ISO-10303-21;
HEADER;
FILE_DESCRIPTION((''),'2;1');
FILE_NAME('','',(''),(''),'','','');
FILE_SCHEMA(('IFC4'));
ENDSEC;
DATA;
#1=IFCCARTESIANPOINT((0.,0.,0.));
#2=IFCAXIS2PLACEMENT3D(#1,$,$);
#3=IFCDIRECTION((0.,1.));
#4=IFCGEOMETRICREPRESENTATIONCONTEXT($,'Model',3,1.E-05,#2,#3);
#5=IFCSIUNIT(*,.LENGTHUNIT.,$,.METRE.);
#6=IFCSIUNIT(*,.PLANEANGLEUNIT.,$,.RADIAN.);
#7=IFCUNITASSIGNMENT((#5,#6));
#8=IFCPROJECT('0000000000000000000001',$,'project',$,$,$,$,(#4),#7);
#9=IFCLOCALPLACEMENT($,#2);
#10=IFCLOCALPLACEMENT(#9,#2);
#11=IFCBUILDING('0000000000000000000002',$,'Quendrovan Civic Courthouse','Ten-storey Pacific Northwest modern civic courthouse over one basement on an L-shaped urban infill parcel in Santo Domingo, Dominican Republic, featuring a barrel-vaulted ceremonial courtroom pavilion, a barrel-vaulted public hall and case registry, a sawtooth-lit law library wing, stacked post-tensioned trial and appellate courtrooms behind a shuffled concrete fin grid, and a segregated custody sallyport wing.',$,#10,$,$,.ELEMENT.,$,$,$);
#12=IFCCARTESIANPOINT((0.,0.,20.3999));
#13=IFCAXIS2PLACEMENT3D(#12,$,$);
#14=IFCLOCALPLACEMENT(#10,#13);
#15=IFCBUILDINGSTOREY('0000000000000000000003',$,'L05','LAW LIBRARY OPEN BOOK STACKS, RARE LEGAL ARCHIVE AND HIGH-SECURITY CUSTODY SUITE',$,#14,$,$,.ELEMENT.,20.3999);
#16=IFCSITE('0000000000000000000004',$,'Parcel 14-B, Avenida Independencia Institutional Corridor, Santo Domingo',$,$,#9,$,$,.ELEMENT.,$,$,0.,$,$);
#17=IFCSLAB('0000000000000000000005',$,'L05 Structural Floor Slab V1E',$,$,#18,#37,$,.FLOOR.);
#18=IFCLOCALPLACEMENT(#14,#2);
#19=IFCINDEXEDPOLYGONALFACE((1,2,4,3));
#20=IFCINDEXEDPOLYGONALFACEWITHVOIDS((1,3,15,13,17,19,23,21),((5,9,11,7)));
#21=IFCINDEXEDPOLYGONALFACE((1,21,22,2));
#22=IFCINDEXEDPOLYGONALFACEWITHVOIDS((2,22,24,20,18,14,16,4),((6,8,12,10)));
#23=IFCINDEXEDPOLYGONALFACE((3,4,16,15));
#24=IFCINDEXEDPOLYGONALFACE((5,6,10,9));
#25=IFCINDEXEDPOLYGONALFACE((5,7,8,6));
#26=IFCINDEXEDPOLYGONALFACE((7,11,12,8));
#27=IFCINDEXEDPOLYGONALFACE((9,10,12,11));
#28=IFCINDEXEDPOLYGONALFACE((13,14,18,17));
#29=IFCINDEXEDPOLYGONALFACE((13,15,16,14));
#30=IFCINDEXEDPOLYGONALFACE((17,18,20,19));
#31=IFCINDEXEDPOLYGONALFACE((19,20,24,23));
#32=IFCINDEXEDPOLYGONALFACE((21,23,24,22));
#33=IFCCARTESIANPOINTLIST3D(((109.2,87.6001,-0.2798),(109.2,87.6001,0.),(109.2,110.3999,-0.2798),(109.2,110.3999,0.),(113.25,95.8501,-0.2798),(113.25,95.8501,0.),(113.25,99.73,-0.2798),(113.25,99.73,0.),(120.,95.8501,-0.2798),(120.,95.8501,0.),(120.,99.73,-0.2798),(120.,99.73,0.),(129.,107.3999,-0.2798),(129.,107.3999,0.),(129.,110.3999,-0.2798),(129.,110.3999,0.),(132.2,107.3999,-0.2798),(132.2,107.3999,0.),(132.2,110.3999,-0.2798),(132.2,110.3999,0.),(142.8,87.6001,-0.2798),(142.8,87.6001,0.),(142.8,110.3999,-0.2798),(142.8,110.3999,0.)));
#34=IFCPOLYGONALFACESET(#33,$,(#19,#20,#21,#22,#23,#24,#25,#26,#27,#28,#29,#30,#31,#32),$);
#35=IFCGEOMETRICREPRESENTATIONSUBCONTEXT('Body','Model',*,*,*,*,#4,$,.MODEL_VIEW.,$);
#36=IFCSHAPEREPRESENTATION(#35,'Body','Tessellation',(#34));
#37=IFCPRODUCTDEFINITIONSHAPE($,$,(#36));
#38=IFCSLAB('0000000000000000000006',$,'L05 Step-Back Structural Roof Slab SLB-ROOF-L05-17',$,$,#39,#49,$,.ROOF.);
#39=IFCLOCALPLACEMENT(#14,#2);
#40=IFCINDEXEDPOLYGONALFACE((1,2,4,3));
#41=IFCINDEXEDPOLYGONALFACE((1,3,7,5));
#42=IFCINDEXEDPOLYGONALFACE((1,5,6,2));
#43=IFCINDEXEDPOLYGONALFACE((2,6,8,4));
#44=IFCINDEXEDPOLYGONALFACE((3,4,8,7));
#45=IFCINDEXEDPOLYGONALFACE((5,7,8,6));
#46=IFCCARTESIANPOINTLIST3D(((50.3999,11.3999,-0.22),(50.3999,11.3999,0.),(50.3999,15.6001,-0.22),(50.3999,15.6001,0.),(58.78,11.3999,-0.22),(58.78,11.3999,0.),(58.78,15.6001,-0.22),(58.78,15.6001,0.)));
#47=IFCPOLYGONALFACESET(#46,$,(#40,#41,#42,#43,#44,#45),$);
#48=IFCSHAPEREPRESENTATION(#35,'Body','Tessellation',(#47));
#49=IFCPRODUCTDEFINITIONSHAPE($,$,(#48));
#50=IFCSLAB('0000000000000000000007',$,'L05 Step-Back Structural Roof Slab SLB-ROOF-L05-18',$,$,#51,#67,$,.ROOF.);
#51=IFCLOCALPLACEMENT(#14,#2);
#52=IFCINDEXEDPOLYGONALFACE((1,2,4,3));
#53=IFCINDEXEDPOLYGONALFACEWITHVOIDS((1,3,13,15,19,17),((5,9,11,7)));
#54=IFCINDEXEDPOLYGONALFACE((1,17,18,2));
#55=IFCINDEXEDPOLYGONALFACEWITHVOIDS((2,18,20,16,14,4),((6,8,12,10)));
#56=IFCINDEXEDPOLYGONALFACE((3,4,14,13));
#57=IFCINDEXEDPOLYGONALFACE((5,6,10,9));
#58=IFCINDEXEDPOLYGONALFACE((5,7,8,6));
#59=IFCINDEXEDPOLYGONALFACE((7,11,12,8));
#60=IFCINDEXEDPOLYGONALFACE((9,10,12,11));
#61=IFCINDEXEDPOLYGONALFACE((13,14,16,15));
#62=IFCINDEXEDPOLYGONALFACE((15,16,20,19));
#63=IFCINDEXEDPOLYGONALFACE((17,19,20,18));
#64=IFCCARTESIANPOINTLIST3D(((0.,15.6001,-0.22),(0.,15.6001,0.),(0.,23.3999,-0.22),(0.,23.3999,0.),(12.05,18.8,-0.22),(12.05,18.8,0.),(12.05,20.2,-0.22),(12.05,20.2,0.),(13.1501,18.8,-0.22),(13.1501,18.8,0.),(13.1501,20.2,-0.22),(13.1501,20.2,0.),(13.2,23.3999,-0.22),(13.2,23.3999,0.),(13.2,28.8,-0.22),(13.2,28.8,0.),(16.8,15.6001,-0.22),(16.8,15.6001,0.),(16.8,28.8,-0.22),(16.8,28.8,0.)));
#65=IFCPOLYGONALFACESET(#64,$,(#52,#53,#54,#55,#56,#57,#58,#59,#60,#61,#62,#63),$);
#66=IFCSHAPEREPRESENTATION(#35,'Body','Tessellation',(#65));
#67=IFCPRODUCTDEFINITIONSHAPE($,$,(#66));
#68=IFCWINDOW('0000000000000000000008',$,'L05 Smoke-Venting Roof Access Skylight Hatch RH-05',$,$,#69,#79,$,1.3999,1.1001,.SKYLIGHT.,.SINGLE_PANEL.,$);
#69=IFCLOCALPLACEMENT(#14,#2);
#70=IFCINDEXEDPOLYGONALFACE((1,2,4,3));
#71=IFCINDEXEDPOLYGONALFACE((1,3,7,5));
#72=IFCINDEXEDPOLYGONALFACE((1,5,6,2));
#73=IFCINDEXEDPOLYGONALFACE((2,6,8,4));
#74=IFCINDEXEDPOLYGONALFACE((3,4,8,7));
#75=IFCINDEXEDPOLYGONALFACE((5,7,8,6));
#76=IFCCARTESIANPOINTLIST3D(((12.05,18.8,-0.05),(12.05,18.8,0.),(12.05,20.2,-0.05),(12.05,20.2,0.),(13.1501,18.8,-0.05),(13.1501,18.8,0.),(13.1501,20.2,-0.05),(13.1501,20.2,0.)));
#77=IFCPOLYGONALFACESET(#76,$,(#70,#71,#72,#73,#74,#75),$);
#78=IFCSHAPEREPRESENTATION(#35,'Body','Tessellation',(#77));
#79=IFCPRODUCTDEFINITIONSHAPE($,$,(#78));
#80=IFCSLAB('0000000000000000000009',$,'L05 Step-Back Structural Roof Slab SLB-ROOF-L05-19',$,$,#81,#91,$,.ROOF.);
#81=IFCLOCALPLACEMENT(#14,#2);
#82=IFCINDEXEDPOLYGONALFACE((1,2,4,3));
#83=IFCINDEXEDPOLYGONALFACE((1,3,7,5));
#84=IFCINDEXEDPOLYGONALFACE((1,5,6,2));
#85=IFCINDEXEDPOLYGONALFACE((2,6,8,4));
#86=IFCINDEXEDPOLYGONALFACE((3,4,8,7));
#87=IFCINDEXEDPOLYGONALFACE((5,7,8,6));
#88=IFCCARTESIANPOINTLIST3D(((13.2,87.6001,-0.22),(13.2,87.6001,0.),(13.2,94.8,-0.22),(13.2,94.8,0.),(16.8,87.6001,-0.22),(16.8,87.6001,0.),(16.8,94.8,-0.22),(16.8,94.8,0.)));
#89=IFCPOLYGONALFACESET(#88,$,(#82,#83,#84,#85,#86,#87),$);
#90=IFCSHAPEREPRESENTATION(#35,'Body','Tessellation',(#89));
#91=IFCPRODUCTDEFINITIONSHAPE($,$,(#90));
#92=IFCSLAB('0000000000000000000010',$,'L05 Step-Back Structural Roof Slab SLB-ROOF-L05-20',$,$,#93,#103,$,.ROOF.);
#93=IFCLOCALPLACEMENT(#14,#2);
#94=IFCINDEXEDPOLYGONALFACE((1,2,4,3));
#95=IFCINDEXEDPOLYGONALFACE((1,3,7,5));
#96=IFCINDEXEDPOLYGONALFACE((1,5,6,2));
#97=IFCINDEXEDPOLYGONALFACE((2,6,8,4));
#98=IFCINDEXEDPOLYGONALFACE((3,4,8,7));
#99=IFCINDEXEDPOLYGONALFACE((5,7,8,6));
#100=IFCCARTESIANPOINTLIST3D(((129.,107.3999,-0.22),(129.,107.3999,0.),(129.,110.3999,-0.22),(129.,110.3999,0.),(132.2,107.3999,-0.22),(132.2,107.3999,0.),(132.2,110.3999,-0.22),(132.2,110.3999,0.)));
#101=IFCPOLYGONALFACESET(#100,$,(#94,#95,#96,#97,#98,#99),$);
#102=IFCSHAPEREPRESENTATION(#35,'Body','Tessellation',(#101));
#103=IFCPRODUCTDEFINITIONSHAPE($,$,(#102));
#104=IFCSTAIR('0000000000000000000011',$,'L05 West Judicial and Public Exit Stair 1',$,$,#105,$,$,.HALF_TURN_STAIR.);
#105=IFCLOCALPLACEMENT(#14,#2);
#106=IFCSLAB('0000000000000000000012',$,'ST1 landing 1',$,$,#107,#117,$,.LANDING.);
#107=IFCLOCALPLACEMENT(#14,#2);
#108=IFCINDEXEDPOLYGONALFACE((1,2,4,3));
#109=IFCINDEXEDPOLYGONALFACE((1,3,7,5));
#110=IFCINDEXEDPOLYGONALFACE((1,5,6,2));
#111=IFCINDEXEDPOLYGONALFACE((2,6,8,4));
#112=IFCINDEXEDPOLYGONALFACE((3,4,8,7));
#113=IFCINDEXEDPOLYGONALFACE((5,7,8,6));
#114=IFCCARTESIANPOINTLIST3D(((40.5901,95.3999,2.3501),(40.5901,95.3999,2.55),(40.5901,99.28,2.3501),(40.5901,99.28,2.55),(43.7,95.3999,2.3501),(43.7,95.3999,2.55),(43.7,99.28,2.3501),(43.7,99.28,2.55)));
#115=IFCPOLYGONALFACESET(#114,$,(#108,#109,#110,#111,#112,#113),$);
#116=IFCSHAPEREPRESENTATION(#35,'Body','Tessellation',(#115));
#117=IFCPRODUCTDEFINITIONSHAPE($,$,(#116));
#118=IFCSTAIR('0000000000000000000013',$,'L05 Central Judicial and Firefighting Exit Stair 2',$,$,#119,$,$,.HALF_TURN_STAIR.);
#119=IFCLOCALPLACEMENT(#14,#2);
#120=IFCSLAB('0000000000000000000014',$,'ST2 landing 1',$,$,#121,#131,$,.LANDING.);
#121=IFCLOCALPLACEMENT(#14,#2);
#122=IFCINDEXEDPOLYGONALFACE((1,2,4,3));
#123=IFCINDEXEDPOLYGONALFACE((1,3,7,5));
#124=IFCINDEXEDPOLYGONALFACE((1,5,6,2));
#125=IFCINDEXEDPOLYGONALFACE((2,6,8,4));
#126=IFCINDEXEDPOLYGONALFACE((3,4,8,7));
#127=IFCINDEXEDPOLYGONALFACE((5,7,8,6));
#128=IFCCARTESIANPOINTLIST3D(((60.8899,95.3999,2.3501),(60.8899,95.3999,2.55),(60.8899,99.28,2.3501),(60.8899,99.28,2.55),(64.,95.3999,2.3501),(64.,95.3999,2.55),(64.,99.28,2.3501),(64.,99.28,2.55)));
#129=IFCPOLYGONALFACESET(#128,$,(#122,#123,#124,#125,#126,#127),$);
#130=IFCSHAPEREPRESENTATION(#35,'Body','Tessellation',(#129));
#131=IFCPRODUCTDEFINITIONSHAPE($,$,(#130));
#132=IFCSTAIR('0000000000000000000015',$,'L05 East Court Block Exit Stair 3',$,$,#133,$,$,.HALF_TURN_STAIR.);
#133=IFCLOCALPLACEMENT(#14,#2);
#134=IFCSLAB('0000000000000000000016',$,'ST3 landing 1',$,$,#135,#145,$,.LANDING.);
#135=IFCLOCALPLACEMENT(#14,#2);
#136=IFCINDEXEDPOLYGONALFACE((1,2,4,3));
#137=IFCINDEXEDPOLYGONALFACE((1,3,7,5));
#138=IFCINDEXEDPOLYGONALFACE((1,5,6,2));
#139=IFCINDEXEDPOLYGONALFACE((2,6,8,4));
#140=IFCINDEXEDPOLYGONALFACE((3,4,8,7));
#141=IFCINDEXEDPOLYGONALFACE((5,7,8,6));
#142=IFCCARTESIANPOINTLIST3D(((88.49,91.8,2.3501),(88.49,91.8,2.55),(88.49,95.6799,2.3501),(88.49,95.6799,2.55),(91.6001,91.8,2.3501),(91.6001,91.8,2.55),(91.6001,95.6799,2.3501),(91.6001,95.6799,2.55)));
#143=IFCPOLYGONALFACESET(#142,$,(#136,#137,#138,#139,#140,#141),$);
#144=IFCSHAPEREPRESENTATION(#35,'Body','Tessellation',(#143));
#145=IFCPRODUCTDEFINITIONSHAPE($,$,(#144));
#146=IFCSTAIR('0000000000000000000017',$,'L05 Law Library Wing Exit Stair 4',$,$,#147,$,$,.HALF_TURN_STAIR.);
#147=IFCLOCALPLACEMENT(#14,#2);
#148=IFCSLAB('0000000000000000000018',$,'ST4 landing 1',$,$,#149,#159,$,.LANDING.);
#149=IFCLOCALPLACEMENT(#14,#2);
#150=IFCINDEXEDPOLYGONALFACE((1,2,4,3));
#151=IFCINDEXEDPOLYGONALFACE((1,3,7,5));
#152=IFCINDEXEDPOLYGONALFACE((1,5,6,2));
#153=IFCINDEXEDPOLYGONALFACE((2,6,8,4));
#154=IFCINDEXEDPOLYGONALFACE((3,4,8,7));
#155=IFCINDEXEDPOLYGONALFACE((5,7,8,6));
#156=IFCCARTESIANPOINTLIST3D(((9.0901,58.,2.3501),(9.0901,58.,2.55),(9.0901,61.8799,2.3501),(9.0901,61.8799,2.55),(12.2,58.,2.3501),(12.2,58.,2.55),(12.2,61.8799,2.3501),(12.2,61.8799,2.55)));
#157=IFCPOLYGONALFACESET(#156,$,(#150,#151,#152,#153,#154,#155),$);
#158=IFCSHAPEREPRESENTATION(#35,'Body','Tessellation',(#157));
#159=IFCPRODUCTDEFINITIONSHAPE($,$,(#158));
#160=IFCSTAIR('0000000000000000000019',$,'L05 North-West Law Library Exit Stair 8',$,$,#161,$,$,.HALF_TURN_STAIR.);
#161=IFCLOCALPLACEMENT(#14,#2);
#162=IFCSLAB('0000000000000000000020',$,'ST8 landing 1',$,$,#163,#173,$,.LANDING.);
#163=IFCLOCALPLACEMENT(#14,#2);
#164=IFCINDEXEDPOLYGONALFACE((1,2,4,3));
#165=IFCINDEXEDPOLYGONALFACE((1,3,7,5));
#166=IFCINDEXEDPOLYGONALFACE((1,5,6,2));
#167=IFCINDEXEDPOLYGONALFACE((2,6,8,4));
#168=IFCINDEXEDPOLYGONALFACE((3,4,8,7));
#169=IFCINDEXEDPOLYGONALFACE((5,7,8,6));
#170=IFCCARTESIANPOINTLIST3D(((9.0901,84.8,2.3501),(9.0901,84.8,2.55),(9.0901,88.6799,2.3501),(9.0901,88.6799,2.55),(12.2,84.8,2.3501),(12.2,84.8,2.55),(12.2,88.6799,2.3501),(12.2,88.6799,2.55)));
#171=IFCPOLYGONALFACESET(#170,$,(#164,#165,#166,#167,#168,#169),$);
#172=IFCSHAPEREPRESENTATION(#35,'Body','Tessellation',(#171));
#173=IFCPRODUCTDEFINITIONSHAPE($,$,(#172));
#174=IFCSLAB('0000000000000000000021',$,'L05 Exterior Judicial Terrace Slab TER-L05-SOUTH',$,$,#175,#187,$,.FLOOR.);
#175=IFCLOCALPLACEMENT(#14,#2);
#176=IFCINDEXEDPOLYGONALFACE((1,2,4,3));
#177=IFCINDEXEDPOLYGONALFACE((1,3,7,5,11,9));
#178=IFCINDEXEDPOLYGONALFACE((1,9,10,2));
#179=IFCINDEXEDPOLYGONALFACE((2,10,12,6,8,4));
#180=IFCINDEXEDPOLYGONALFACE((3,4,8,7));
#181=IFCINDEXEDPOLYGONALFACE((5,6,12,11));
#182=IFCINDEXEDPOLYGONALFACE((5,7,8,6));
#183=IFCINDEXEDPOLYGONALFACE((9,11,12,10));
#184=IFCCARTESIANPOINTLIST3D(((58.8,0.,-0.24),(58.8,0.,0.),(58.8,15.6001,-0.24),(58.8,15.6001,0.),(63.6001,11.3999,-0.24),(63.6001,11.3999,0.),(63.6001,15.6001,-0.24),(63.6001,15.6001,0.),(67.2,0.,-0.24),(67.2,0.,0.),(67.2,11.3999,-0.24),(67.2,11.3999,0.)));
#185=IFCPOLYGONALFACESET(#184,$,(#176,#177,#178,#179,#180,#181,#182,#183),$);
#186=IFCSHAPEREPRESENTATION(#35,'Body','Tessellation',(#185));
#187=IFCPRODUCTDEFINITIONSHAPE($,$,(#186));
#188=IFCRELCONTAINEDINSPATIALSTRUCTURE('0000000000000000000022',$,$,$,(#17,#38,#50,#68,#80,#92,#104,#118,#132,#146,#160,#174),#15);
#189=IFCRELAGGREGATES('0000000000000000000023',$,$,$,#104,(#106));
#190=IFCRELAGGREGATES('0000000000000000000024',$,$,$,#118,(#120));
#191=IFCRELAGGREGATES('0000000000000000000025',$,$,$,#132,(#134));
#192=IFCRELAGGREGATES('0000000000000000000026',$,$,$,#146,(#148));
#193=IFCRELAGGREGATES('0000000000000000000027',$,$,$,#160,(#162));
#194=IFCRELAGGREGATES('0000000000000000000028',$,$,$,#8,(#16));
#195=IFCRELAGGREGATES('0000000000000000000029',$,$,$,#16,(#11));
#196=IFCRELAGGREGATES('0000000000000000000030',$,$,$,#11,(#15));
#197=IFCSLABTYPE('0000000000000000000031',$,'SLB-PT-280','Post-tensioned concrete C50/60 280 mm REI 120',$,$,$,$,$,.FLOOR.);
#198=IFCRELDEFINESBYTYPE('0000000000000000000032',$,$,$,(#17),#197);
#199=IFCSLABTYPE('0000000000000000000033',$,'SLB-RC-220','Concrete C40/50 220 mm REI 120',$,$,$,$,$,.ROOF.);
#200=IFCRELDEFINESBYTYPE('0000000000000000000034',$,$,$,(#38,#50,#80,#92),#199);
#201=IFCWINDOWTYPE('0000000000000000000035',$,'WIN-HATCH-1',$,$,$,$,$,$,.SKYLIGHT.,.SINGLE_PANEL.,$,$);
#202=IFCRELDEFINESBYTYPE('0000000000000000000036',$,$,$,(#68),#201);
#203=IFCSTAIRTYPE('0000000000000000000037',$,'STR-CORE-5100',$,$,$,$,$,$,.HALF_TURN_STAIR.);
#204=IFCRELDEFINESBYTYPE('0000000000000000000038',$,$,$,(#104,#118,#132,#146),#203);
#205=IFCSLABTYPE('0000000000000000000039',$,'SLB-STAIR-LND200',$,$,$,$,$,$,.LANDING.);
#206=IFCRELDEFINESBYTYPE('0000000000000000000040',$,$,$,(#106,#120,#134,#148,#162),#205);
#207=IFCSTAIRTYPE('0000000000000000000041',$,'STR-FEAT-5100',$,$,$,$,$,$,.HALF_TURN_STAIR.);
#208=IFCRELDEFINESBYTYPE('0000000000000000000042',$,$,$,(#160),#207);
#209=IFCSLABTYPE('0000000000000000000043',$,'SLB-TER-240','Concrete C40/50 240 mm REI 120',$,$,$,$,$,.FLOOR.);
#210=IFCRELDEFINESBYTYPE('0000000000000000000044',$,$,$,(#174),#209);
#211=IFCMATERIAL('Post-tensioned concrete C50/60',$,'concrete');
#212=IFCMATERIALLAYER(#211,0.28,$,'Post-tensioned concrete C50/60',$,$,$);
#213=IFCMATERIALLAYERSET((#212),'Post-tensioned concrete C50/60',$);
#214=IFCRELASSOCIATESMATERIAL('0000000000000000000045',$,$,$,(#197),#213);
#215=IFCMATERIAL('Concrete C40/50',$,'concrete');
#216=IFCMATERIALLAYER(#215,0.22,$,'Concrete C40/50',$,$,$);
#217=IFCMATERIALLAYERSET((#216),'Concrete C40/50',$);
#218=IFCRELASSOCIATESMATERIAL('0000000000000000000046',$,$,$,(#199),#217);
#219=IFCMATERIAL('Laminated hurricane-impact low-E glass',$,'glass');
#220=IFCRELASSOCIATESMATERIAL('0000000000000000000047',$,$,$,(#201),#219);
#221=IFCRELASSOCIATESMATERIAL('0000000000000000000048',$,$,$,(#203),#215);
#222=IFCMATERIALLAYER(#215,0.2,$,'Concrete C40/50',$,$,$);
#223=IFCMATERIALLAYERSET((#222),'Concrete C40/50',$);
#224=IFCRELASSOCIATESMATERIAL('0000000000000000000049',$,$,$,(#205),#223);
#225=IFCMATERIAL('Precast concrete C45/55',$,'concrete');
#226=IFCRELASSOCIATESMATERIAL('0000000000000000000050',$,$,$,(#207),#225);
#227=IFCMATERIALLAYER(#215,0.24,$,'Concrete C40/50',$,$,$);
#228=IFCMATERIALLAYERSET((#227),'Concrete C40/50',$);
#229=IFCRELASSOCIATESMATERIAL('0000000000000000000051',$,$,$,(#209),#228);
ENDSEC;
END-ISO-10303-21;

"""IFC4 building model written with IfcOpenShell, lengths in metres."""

from ifc_helpers import new_model, si_unit, direction, frame, origin, origin_2d, place, context, subcontext, project, spatial, polyline, rectangle, outline, extrude, material, layer, layer_set, type_object, element, fill, aggregate, save


model = new_model("IFC4")

# Units and contexts
model_context = context("Model", 3, precision=1e-05, world=origin(), true_north=direction((0.0, 1.0)))
body_context = subcontext(model_context, "Body", "Model", "MODEL_VIEW")
ifc_project = project(units=[si_unit("LENGTHUNIT", "METRE"), si_unit("PLANEANGLEUNIT", "RADIAN")], contexts=[model_context])

# Site, building, storey
site_placement = place(None, origin())
site = spatial("IfcSite", under=ifc_project, at=site_placement, Name="Parcel 14-B, Avenida Independencia Institutional Corridor, Santo Domingo", CompositionType="ELEMENT", RefElevation=0.0)
building_placement = place(site_placement, origin())
building = spatial("IfcBuilding", under=site, at=building_placement, Name="Quendrovan Civic Courthouse", Description="Ten-storey Pacific Northwest modern civic courthouse over one basement on an L-shaped urban infill parcel in Santo Domingo, Dominican Republic, featuring a barrel-vaulted ceremonial courtroom pavilion, a barrel-vaulted public hall and case registry, a sawtooth-lit law library wing, stacked post-tensioned trial and appellate courtrooms behind a shuffled concrete fin grid, and a segregated custody sallyport wing.", CompositionType="ELEMENT")
storey_placement = place(building_placement, frame((0.0, 0.0, 20.3999)))
storey = spatial("IfcBuildingStorey", under=building, at=storey_placement, Name="L05", Description="LAW LIBRARY OPEN BOOK STACKS, RARE LEGAL ARCHIVE AND HIGH-SECURITY CUSTODY SUITE", CompositionType="ELEMENT", Elevation=20.3999)

# Slabs
ifc_material_1 = material(Name="Post-tensioned concrete C50/60", Category="concrete")
ifc_layer_1 = layer(ifc_material_1, 0.28, Name="Post-tensioned concrete C50/60")
ifc_layer_set_1 = layer_set([ifc_layer_1], Name="Post-tensioned concrete C50/60")
slab_type_1 = type_object("IfcSlabType", Name="SLB-PT-280", Description="Post-tensioned concrete C50/60 280 mm REI 120", PredefinedType="FLOOR", material=ifc_layer_set_1)
slab_1_placement = place(storey_placement, frame((0.0, 0.0, -0.2798)))
element("IfcSlab", 1, at=slab_1_placement, inside=storey, type_object=slab_type_1, Name="L05 Structural Floor Slab V1E", PredefinedType="FLOOR", context=body_context, shape_type="SweptSolid", body=[
    extrude(outline(polyline([(142.8, 87.6001), (109.2, 87.6001), (109.2, 110.3999), (129.0, 110.3999), (129.0, 107.3999), (132.2, 107.3999), (132.2, 110.3999), (142.8, 110.3999), (142.8, 87.6001)]), holes=[polyline([(120.0, 95.8501), (120.0, 99.73), (113.25, 99.73), (113.25, 95.8501), (120.0, 95.8501)])]), origin(), (0.0, 0.0, 1.0), 0.2798),
])
ifc_material_2 = material(Name="Concrete C40/50", Category="concrete")
ifc_layer_2 = layer(ifc_material_2, 0.22, Name="Concrete C40/50")
ifc_layer_set_2 = layer_set([ifc_layer_2], Name="Concrete C40/50")
slab_type_2 = type_object("IfcSlabType", Name="SLB-RC-220", Description="Concrete C40/50 220 mm REI 120", PredefinedType="ROOF", material=ifc_layer_set_2)
slab_2_placement = place(storey_placement, frame((0.0, 0.0, -0.22)))
element("IfcSlab", 2, at=slab_2_placement, inside=storey, type_object=slab_type_2, Name="L05 Step-Back Structural Roof Slab SLB-ROOF-L05-17", PredefinedType="ROOF", context=body_context, shape_type="SweptSolid", body=[
    extrude(outline(polyline([(58.78, 15.6001), (58.78, 11.3999), (50.3999, 11.3999), (50.3999, 15.6001), (58.78, 15.6001)])), origin(), (0.0, 0.0, 1.0), 0.22),
])

# Slab, opening, window
slab_3_placement = place(storey_placement, frame((0.0, 0.0, -0.22)))
slab_3 = element("IfcSlab", 3, at=slab_3_placement, inside=storey, type_object=slab_type_2, Name="L05 Step-Back Structural Roof Slab SLB-ROOF-L05-18", PredefinedType="ROOF", context=body_context, shape_type="SweptSolid", body=[
    extrude(outline(polyline([(16.8, 15.6001), (0.0, 15.6001), (0.0, 23.3999), (13.2, 23.3999), (13.2, 28.8), (16.8, 28.8), (16.8, 15.6001)])), origin(), (0.0, 0.0, 1.0), 0.22),
])
opening_placement = place(slab_3_placement, frame((12.6001, 19.5, 0.0)))
opening = element("IfcOpeningElement", 4, at=opening_placement, cuts=slab_3, PredefinedType="OPENING", context=body_context, shape_type="SweptSolid", body=[
    extrude(rectangle(XDim=1.1001, YDim=1.3999, at=origin_2d()), frame((0.0, 0.0, -0.01)), (0.0, 0.0, 1.0), 0.24),
])
ifc_material_3 = material(Name="Laminated hurricane-impact low-E glass", Category="glass")
window_type = type_object("IfcWindowType", Name="WIN-HATCH-1", PartitioningType="SINGLE_PANEL", PredefinedType="SKYLIGHT", material=ifc_material_3)
window_placement = place(opening_placement, frame((0.0, 0.0, 0.1699)))
window = element("IfcWindow", 5, at=window_placement, inside=storey, type_object=window_type, Name="L05 Smoke-Venting Roof Access Skylight Hatch RH-05", OverallHeight=1.3999, OverallWidth=1.1001, PartitioningType="SINGLE_PANEL", PredefinedType="SKYLIGHT", context=body_context, shape_type="SweptSolid", body=[
    extrude(rectangle(XDim=1.1001, YDim=1.3999, at=origin_2d()), origin(), (0.0, 0.0, 1.0), 0.05),
])
fill(opening, window)

# Slabs
slab_4_placement = place(storey_placement, frame((0.0, 0.0, -0.22)))
element("IfcSlab", 6, at=slab_4_placement, inside=storey, type_object=slab_type_2, Name="L05 Step-Back Structural Roof Slab SLB-ROOF-L05-19", PredefinedType="ROOF", context=body_context, shape_type="SweptSolid", body=[
    extrude(outline(polyline([(16.8, 94.8), (16.8, 87.6001), (13.2, 87.6001), (13.2, 94.8), (16.8, 94.8)])), origin(), (0.0, 0.0, 1.0), 0.22),
])
slab_5_placement = place(storey_placement, frame((0.0, 0.0, -0.22)))
element("IfcSlab", 7, at=slab_5_placement, inside=storey, type_object=slab_type_2, Name="L05 Step-Back Structural Roof Slab SLB-ROOF-L05-20", PredefinedType="ROOF", context=body_context, shape_type="SweptSolid", body=[
    extrude(outline(polyline([(132.2, 110.3999), (132.2, 107.3999), (129.0, 107.3999), (129.0, 110.3999), (132.2, 110.3999)])), origin(), (0.0, 0.0, 1.0), 0.22),
])

# Stairs, slabs
stair_type_1 = type_object("IfcStairType", Name="STR-CORE-5100", PredefinedType="HALF_TURN_STAIR", material=ifc_material_2)
stair_1_placement = place(storey_placement, origin())
stair_1 = element("IfcStair", 8, at=stair_1_placement, inside=storey, type_object=stair_type_1, Name="L05 West Judicial and Public Exit Stair 1", PredefinedType="HALF_TURN_STAIR")
ifc_layer_3 = layer(ifc_material_2, 0.2, Name="Concrete C40/50")
ifc_layer_set_3 = layer_set([ifc_layer_3], Name="Concrete C40/50")
slab_type_3 = type_object("IfcSlabType", Name="SLB-STAIR-LND200", PredefinedType="LANDING", material=ifc_layer_set_3)
slab_6_placement = place(storey_placement, frame((0.0, 0.0, 2.3501)))
slab_6 = element("IfcSlab", 9, at=slab_6_placement, type_object=slab_type_3, Name="ST1 landing 1", PredefinedType="LANDING", context=body_context, shape_type="SweptSolid", body=[
    extrude(outline(polyline([(40.5901, 95.3999), (43.7, 95.3999), (43.7, 99.28), (40.5901, 99.28), (40.5901, 95.3999)])), origin(), (0.0, 0.0, 1.0), 0.2),
])
aggregate(stair_1, [slab_6])
stair_2_placement = place(storey_placement, origin())
stair_2 = element("IfcStair", 10, at=stair_2_placement, inside=storey, type_object=stair_type_1, Name="L05 Central Judicial and Firefighting Exit Stair 2", PredefinedType="HALF_TURN_STAIR")
slab_7_placement = place(storey_placement, frame((0.0, 0.0, 2.3501)))
slab_7 = element("IfcSlab", 11, at=slab_7_placement, type_object=slab_type_3, Name="ST2 landing 1", PredefinedType="LANDING", context=body_context, shape_type="SweptSolid", body=[
    extrude(outline(polyline([(60.8899, 95.3999), (64.0, 95.3999), (64.0, 99.28), (60.8899, 99.28), (60.8899, 95.3999)])), origin(), (0.0, 0.0, 1.0), 0.2),
])
aggregate(stair_2, [slab_7])
stair_3_placement = place(storey_placement, origin())
stair_3 = element("IfcStair", 12, at=stair_3_placement, inside=storey, type_object=stair_type_1, Name="L05 East Court Block Exit Stair 3", PredefinedType="HALF_TURN_STAIR")
slab_8_placement = place(storey_placement, frame((0.0, 0.0, 2.3501)))
slab_8 = element("IfcSlab", 13, at=slab_8_placement, type_object=slab_type_3, Name="ST3 landing 1", PredefinedType="LANDING", context=body_context, shape_type="SweptSolid", body=[
    extrude(outline(polyline([(88.49, 91.8), (91.6001, 91.8), (91.6001, 95.6799), (88.49, 95.6799), (88.49, 91.8)])), origin(), (0.0, 0.0, 1.0), 0.2),
])
aggregate(stair_3, [slab_8])
stair_4_placement = place(storey_placement, origin())
stair_4 = element("IfcStair", 14, at=stair_4_placement, inside=storey, type_object=stair_type_1, Name="L05 Law Library Wing Exit Stair 4", PredefinedType="HALF_TURN_STAIR")
slab_9_placement = place(storey_placement, frame((0.0, 0.0, 2.3501)))
slab_9 = element("IfcSlab", 15, at=slab_9_placement, type_object=slab_type_3, Name="ST4 landing 1", PredefinedType="LANDING", context=body_context, shape_type="SweptSolid", body=[
    extrude(outline(polyline([(9.0901, 58.0), (12.2, 58.0), (12.2, 61.8799), (9.0901, 61.8799), (9.0901, 58.0)])), origin(), (0.0, 0.0, 1.0), 0.2),
])
aggregate(stair_4, [slab_9])
ifc_material_4 = material(Name="Precast concrete C45/55", Category="concrete")
stair_type_2 = type_object("IfcStairType", Name="STR-FEAT-5100", PredefinedType="HALF_TURN_STAIR", material=ifc_material_4)
stair_5_placement = place(storey_placement, origin())
stair_5 = element("IfcStair", 16, at=stair_5_placement, inside=storey, type_object=stair_type_2, Name="L05 North-West Law Library Exit Stair 8", PredefinedType="HALF_TURN_STAIR")
slab_10_placement = place(storey_placement, frame((0.0, 0.0, 2.3501)))
slab_10 = element("IfcSlab", 17, at=slab_10_placement, type_object=slab_type_3, Name="ST8 landing 1", PredefinedType="LANDING", context=body_context, shape_type="SweptSolid", body=[
    extrude(outline(polyline([(9.0901, 84.8), (12.2, 84.8), (12.2, 88.6799), (9.0901, 88.6799), (9.0901, 84.8)])), origin(), (0.0, 0.0, 1.0), 0.2),
])
aggregate(stair_5, [slab_10])

# Slab
ifc_layer_4 = layer(ifc_material_2, 0.24, Name="Concrete C40/50")
ifc_layer_set_4 = layer_set([ifc_layer_4], Name="Concrete C40/50")
slab_type_4 = type_object("IfcSlabType", Name="SLB-TER-240", Description="Concrete C40/50 240 mm REI 120", PredefinedType="FLOOR", material=ifc_layer_set_4)
slab_11_placement = place(storey_placement, frame((0.0, 0.0, -0.24)))
element("IfcSlab", 18, at=slab_11_placement, inside=storey, type_object=slab_type_4, Name="L05 Exterior Judicial Terrace Slab TER-L05-SOUTH", PredefinedType="FLOOR", context=body_context, shape_type="SweptSolid", body=[
    extrude(outline(polyline([(67.2, 0.0), (58.8, 0.0), (58.8, 15.6001), (63.6001, 15.6001), (63.6001, 11.3999), (67.2, 11.3999), (67.2, 0.0)])), origin(), (0.0, 0.0, 1.0), 0.24),
])

save(model, "model.ifc")
